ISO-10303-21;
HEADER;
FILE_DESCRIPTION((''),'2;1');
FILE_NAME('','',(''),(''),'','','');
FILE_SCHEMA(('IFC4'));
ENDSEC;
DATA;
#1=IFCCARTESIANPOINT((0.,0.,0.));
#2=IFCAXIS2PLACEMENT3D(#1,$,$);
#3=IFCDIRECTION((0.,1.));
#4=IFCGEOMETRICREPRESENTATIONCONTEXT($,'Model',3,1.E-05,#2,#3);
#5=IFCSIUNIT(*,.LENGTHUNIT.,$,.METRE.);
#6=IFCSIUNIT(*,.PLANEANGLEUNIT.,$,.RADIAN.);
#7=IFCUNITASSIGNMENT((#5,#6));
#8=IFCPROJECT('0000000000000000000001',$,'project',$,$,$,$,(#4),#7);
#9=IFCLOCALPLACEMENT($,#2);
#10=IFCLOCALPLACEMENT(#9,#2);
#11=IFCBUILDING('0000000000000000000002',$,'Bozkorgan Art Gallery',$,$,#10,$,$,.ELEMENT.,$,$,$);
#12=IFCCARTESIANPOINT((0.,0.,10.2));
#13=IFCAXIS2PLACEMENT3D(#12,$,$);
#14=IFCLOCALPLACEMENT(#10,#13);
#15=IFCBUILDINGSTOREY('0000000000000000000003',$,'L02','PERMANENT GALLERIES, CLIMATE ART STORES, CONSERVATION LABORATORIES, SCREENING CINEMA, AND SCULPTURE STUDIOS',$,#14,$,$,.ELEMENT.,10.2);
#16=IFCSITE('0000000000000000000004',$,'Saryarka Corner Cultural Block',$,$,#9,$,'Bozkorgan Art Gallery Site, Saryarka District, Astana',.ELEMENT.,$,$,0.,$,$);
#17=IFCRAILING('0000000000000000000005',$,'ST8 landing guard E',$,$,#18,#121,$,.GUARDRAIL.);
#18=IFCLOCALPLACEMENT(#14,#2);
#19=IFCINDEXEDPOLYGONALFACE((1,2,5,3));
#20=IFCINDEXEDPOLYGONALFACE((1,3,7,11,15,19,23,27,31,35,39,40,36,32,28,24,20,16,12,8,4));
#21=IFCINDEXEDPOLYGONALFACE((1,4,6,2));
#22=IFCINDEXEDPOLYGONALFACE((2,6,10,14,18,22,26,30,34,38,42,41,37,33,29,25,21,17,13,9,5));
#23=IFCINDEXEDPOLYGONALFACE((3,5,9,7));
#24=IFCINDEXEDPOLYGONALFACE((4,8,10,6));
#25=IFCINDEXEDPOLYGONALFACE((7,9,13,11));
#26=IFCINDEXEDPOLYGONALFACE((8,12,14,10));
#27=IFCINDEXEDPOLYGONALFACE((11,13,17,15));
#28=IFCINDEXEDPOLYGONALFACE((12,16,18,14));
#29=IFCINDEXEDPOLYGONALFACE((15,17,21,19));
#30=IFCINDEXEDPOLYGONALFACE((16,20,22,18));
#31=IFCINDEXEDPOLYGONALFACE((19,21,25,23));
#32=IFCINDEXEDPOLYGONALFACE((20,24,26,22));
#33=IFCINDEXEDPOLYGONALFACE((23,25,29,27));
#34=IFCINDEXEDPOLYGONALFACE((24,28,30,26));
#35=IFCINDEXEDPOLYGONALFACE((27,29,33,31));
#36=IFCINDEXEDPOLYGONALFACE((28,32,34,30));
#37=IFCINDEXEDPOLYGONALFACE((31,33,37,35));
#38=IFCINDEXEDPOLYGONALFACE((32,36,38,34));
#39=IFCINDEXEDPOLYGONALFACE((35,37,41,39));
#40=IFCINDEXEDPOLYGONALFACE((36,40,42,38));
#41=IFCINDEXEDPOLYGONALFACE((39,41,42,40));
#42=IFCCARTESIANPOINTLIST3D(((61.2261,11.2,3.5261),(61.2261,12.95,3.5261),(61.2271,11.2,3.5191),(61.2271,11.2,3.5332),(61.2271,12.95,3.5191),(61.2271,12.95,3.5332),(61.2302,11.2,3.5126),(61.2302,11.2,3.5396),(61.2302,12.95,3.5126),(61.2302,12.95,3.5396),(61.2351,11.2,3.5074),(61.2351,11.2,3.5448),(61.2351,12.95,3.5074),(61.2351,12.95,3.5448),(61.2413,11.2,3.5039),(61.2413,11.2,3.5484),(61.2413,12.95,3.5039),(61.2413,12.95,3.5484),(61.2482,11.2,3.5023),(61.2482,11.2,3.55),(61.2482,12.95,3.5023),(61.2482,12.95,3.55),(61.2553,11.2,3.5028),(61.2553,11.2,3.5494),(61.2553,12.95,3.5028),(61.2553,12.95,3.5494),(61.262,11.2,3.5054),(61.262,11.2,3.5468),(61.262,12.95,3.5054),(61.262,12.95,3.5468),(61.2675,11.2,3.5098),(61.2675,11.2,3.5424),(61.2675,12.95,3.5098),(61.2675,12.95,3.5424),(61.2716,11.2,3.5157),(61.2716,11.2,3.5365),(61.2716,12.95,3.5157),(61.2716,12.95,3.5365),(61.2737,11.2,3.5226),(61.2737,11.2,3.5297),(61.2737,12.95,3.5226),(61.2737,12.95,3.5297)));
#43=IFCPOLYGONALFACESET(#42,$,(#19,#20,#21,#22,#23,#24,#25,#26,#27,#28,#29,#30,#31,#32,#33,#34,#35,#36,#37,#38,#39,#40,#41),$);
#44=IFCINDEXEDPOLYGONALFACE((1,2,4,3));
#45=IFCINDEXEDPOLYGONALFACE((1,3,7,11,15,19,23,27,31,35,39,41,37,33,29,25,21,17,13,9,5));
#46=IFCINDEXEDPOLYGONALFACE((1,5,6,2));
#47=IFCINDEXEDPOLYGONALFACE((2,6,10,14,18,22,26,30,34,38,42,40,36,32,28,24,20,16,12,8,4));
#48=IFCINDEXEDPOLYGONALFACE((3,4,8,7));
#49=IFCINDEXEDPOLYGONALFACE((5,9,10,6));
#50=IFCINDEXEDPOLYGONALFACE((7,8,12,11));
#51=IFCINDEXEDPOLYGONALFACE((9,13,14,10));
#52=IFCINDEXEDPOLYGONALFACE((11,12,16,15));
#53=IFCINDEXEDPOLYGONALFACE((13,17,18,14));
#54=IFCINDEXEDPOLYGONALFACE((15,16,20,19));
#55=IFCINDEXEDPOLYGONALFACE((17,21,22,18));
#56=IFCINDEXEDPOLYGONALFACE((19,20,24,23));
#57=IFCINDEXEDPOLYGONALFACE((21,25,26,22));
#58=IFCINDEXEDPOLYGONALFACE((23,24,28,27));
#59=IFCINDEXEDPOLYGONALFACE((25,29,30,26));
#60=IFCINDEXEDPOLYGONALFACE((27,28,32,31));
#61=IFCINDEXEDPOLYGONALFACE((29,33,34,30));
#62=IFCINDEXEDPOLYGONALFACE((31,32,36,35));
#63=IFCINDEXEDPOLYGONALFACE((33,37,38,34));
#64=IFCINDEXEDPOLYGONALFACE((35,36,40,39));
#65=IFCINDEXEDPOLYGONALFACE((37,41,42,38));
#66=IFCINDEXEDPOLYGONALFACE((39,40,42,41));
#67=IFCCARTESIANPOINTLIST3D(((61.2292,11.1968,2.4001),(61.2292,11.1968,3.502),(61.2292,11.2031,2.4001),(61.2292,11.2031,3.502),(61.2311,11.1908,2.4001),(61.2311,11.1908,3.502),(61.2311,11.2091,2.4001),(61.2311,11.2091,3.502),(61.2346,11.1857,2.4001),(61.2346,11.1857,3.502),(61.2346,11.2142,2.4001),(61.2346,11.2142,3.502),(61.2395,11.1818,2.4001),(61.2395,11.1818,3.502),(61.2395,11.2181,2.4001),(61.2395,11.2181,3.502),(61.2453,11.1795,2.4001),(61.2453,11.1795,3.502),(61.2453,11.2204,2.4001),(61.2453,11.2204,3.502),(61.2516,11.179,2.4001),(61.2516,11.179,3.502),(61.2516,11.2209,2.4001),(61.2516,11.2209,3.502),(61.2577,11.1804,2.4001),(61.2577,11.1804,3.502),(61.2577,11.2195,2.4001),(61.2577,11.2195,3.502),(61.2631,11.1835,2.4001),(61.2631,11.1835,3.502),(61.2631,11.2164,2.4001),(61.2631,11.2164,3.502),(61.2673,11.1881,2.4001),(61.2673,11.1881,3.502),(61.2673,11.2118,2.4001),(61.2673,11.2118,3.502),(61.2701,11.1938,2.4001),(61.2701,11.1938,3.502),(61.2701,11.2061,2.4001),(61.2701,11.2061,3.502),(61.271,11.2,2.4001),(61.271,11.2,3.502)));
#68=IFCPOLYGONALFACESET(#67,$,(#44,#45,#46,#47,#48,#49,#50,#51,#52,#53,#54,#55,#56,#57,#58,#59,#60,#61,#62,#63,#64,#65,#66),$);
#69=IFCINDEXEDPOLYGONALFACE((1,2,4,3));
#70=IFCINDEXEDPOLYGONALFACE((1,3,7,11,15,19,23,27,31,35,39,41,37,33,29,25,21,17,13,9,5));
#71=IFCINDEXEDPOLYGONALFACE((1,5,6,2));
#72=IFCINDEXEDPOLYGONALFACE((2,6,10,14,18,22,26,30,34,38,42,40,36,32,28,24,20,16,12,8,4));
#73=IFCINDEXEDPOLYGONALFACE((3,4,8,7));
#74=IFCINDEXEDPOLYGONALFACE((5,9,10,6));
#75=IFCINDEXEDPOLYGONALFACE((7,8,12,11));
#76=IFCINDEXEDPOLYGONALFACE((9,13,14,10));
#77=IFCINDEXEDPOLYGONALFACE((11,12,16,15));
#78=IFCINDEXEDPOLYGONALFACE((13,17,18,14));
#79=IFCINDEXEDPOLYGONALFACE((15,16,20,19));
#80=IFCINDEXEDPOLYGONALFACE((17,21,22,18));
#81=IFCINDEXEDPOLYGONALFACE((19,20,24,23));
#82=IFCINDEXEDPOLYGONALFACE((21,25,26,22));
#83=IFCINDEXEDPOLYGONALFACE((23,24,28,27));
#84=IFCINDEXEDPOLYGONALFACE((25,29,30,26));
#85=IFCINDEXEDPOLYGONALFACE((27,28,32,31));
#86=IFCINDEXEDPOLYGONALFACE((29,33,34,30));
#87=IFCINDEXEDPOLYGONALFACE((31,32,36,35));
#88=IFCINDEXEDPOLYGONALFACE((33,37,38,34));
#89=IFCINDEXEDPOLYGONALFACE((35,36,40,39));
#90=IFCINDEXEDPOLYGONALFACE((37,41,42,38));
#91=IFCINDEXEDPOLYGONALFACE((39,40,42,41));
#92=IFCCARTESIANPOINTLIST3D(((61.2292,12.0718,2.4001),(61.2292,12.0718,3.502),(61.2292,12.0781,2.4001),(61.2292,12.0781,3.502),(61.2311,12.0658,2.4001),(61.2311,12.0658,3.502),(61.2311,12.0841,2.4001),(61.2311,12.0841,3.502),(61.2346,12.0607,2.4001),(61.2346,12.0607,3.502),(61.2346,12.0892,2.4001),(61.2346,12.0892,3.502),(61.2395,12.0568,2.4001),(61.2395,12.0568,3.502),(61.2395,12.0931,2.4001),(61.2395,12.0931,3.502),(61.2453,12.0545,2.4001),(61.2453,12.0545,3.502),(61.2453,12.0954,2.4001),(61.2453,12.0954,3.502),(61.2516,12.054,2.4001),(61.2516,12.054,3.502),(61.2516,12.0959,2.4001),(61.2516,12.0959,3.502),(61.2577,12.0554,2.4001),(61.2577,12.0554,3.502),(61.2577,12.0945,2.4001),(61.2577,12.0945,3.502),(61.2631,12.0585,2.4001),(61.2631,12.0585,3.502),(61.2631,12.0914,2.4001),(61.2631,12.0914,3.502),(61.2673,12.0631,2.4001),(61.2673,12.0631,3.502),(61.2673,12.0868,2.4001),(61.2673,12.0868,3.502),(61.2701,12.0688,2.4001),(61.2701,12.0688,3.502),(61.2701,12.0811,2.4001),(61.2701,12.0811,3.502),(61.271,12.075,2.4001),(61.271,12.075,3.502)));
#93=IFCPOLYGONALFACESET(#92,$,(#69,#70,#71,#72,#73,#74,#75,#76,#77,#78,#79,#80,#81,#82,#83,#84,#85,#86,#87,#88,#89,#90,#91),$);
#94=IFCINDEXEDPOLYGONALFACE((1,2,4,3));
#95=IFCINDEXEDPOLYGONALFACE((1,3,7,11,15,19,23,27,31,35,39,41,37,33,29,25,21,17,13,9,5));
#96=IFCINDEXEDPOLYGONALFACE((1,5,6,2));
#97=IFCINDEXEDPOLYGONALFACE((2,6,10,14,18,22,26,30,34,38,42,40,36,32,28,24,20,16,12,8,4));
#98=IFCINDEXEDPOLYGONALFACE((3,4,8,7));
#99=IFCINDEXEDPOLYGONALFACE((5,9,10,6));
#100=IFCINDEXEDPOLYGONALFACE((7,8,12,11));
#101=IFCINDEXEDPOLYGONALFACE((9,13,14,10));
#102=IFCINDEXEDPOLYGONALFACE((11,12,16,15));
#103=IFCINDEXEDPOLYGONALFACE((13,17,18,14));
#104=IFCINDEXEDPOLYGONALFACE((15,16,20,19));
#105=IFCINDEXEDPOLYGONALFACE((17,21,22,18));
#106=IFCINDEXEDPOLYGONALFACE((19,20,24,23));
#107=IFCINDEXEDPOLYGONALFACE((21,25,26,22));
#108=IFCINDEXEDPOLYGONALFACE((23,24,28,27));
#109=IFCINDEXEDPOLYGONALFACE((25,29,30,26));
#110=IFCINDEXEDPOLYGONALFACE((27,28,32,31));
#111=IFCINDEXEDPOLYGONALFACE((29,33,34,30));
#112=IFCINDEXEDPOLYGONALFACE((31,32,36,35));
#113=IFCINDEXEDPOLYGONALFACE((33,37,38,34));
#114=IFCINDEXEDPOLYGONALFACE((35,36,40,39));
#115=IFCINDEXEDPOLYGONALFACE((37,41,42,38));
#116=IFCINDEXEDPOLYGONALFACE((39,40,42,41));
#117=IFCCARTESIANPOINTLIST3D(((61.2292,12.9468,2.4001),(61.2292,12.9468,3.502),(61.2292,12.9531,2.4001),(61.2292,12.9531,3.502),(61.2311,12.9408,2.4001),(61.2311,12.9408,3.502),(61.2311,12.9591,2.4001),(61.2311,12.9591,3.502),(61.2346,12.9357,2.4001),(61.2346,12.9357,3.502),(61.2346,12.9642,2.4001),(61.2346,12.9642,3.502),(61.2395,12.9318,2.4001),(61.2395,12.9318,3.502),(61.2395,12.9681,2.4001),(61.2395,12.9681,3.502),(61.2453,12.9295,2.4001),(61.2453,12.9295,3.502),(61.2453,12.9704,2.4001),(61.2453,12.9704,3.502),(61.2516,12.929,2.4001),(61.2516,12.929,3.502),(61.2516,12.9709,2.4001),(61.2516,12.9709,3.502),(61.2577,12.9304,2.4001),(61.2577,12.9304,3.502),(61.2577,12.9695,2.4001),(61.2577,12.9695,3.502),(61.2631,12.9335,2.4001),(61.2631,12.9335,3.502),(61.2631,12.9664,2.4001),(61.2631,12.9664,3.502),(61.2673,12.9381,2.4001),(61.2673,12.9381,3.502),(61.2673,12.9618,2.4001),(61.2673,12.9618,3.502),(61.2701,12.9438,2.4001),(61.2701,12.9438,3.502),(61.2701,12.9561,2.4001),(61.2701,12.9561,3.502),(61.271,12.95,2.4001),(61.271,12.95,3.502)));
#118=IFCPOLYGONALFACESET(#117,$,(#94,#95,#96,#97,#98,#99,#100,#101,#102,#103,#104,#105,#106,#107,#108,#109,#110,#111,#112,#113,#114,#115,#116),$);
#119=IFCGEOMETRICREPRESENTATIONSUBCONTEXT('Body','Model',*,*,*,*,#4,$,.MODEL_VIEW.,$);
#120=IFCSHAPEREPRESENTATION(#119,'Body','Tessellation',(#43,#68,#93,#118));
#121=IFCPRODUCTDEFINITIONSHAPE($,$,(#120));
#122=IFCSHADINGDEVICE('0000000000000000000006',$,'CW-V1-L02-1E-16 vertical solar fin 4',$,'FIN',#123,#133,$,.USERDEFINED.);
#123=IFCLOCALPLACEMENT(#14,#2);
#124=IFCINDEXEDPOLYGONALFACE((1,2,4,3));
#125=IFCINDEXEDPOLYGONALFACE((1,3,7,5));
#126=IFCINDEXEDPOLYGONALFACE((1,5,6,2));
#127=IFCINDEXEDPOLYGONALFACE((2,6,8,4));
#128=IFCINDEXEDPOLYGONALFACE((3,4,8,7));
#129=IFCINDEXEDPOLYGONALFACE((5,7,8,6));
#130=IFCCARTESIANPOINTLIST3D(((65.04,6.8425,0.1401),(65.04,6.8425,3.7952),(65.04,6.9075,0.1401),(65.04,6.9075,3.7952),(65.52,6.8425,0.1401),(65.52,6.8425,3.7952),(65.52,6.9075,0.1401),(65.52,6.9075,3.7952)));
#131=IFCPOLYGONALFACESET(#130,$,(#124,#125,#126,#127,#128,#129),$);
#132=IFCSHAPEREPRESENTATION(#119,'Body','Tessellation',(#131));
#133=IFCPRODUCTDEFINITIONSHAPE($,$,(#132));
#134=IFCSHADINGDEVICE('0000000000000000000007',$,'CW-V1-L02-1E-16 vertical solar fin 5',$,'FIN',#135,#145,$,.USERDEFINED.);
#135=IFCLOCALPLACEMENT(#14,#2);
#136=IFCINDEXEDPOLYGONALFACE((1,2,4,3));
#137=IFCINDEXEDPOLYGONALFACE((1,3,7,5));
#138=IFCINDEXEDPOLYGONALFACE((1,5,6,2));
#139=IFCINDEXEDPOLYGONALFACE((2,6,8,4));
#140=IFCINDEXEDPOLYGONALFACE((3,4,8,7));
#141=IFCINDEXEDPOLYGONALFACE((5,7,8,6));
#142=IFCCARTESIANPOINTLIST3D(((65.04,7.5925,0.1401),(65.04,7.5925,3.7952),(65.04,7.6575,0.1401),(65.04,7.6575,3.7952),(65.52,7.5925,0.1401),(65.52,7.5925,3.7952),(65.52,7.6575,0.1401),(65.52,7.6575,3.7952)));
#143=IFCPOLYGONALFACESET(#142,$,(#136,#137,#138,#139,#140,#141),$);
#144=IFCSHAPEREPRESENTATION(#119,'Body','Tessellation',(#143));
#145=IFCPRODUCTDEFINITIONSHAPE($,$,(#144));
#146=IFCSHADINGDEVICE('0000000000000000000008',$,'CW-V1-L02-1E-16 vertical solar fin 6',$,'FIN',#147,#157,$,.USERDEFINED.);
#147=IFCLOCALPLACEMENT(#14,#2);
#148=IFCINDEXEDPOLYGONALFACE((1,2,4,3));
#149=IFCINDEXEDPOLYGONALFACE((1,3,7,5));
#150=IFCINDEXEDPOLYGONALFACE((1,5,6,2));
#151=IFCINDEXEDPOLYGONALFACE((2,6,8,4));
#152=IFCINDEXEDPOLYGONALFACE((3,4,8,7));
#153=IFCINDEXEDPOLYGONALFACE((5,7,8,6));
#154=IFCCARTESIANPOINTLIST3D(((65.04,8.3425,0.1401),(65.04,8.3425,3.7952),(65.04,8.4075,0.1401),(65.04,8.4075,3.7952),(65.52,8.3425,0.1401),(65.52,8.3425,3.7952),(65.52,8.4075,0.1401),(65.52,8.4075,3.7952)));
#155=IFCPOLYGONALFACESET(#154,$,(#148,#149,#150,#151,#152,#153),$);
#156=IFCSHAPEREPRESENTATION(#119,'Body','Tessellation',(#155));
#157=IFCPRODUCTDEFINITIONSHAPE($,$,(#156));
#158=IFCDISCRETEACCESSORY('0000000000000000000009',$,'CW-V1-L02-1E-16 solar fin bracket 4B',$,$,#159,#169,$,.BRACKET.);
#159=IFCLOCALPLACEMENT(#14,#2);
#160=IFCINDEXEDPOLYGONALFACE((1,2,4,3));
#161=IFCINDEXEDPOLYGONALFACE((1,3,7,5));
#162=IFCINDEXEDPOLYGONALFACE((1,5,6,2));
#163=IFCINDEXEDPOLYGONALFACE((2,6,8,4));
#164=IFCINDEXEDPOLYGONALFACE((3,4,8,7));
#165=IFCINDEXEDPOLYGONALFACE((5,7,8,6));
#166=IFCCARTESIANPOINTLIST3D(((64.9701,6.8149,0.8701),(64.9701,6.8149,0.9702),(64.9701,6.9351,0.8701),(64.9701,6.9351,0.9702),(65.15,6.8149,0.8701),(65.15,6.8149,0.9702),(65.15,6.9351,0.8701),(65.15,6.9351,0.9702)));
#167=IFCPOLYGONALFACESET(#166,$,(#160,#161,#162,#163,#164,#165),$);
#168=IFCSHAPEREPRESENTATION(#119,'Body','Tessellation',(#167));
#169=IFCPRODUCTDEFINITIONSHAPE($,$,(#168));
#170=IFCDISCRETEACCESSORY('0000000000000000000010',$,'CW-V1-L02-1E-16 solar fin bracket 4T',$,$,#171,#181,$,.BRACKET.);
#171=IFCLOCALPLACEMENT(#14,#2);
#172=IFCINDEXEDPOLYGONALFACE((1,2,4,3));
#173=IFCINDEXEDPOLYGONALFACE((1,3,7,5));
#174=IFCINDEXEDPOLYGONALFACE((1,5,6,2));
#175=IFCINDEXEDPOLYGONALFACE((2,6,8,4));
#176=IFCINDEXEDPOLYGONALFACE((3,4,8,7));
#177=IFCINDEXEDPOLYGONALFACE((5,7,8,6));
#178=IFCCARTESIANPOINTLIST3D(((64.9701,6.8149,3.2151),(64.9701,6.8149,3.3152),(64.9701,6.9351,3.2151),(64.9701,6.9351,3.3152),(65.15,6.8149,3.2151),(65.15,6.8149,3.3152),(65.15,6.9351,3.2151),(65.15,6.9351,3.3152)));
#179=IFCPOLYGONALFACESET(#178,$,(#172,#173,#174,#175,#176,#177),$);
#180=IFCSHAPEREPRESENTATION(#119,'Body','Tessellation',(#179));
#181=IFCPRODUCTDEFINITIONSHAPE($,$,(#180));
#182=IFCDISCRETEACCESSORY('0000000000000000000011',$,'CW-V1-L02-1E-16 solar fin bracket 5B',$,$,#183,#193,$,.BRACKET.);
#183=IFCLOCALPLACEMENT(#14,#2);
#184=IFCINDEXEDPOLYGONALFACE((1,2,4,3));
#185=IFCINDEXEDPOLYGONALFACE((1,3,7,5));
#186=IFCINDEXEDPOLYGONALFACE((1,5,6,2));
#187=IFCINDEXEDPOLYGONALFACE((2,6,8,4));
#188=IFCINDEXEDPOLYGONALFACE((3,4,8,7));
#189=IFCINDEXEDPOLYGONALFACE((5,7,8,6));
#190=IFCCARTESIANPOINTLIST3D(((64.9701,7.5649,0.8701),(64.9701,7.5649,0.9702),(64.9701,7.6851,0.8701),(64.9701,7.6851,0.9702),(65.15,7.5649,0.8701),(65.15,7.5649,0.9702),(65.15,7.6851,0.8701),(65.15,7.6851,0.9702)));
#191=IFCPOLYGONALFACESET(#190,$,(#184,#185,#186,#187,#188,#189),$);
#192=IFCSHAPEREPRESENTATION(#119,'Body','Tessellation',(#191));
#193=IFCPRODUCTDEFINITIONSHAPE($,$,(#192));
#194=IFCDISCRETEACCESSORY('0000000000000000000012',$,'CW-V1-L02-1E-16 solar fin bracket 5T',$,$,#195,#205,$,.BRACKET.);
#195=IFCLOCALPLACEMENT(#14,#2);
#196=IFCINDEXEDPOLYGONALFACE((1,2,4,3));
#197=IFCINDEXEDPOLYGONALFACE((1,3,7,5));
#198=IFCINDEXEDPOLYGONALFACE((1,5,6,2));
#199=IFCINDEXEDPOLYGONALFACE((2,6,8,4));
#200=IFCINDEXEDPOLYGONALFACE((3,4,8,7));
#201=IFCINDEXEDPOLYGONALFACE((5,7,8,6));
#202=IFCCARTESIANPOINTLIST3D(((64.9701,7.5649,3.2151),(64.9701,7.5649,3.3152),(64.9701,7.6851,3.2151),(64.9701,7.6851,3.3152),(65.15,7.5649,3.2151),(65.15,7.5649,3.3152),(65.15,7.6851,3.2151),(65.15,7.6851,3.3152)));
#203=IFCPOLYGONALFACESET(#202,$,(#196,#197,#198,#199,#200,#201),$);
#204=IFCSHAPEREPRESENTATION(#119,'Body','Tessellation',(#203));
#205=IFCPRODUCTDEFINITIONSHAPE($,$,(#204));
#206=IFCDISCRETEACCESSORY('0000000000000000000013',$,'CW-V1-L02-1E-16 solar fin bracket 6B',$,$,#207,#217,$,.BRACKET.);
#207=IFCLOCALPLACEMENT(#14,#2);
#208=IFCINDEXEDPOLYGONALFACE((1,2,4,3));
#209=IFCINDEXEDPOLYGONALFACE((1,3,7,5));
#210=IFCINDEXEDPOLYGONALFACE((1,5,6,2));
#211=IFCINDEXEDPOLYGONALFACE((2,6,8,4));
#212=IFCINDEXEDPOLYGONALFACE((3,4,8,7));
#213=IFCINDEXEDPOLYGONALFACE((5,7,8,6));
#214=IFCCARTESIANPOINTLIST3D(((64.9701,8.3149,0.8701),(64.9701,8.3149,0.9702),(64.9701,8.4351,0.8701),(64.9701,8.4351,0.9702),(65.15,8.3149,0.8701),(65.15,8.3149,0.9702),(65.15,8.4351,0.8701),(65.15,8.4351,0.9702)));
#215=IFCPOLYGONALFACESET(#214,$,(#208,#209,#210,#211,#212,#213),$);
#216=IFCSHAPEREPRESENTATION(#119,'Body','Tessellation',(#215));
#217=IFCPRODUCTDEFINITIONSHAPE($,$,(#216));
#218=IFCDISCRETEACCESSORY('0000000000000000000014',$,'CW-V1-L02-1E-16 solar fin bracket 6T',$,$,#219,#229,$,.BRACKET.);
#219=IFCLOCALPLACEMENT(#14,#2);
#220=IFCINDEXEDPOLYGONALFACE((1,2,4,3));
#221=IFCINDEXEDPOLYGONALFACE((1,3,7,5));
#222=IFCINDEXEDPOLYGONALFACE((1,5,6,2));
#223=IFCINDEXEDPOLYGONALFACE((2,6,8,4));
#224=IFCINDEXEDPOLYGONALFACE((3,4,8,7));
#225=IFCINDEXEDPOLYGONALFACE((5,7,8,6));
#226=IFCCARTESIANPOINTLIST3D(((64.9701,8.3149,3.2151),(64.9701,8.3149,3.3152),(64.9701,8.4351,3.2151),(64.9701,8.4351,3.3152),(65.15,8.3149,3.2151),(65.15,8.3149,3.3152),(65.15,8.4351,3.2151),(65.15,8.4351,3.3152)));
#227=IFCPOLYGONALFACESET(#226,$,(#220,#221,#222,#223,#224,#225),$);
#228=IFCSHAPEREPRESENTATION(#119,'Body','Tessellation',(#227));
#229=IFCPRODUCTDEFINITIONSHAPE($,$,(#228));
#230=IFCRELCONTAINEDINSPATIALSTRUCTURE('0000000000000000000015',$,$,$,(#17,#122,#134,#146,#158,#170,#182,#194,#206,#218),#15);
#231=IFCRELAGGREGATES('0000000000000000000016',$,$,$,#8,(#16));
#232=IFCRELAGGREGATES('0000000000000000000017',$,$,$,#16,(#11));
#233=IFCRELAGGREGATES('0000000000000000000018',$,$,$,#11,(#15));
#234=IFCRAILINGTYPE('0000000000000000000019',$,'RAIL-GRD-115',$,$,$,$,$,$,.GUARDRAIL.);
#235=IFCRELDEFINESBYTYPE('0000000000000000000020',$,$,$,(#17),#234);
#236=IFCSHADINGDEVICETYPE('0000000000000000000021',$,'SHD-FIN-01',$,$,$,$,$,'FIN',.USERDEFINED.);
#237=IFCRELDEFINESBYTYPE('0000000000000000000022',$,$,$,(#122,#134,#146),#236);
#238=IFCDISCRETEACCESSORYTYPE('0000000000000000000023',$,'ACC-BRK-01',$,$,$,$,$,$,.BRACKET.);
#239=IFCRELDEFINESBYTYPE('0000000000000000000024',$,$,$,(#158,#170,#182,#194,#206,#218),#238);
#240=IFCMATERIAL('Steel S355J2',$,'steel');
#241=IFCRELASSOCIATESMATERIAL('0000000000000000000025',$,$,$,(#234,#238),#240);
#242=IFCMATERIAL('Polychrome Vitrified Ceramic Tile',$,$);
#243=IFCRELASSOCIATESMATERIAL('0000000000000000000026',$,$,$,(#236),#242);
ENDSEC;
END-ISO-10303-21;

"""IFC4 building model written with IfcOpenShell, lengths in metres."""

from ifc_helpers import new_model, si_unit, direction, frame, origin, origin_2d, place, context, subcontext, project, spatial, rectangle, circle, extrude, material, type_object, element, save


model = new_model("IFC4")

# Units and contexts
model_context = context("Model", 3, precision=1e-05, world=origin(), true_north=direction((0.0, 1.0)))
body_context = subcontext(model_context, "Body", "Model", "MODEL_VIEW")
ifc_project = project(units=[si_unit("LENGTHUNIT", "METRE"), si_unit("PLANEANGLEUNIT", "RADIAN")], contexts=[model_context])

# Site, building, storey
site_placement = place(None, origin())
site = spatial("IfcSite", under=ifc_project, at=site_placement, Name="Saryarka Corner Cultural Block", LongName="Bozkorgan Art Gallery Site, Saryarka District, Astana", CompositionType="ELEMENT", RefElevation=0.0)
building_placement = place(site_placement, origin())
building = spatial("IfcBuilding", under=site, at=building_placement, Name="Bozkorgan Art Gallery", CompositionType="ELEMENT")
storey_placement = place(building_placement, frame((0.0, 0.0, 10.2)))
storey = spatial("IfcBuildingStorey", under=building, at=storey_placement, Name="L02", Description="PERMANENT GALLERIES, CLIMATE ART STORES, CONSERVATION LABORATORIES, SCREENING CINEMA, AND SCULPTURE STUDIOS", CompositionType="ELEMENT", Elevation=10.2)

# Shared definitions
ifc_material_1 = material(Name="Steel S355J2", Category="steel")

# Railing
railing_type = type_object("IfcRailingType", Name="RAIL-GRD-115", PredefinedType="GUARDRAIL", material=ifc_material_1)
railing_1_placement = place(storey_placement, frame((61.25, 11.2, 2.4001)))
element("IfcRailing", 1, at=railing_1_placement, inside=storey, type_object=railing_type, Name="ST8 landing guard E", PredefinedType="GUARDRAIL", context=body_context, shape_type="SweptSolid", body=[
    extrude(circle(Radius=0.0239, at=origin_2d()), frame((0.0, 0.0, 1.126), z_axis=(0.0, 1.0, 0.0), x_axis=(-1.0, 0.0, 0.0)), (0.0, 0.0, 1.0), 1.75),
    extrude(circle(Radius=0.021, at=origin_2d()), origin(), (0.0, 0.0, 1.0), 1.1018),
    extrude(circle(Radius=0.021, at=origin_2d()), frame((0.0, 0.875, 0.0)), (0.0, 0.0, 1.0), 1.1018),
    extrude(circle(Radius=0.021, at=origin_2d()), frame((0.0, 1.75, 0.0)), (0.0, 0.0, 1.0), 1.1018),
])

# Shading devices
ifc_material_2 = material(Name="Polychrome Vitrified Ceramic Tile")
shading_device_type = type_object("IfcShadingDeviceType", Name="SHD-FIN-01", ElementType="FIN", PredefinedType="USERDEFINED", material=ifc_material_2)
for number, where, z_axis, x_axis, name in (
    (2, (65.28, 6.875, 0.1401), (0.0, 0.0, 1.0), (1.0, 0.0, 0.0), "CW-V1-L02-1E-16 vertical solar fin 4"),
    (3, (65.28, 7.625, 0.1401), (0.0, 0.0, 1.0), (1.0, 0.0, 0.0), "CW-V1-L02-1E-16 vertical solar fin 5"),
    (4, (65.28, 8.375, 0.1401), (0.0, 0.0, 1.0), (1.0, 0.0, 0.0), "CW-V1-L02-1E-16 vertical solar fin 6"),
):
    element("IfcShadingDevice", number, at=place(storey_placement, frame(where, z_axis=z_axis, x_axis=x_axis)), inside=storey, type_object=shading_device_type, Name=name, ObjectType="FIN", PredefinedType="USERDEFINED", context=body_context, shape_type="SweptSolid", body=[
        extrude(rectangle(XDim=0.48, YDim=0.0649, at=origin_2d()), origin(), (0.0, 0.0, 1.0), 3.655),
    ])

# Discrete accessories
discrete_accessory_type = type_object("IfcDiscreteAccessoryType", Name="ACC-BRK-01", PredefinedType="BRACKET", material=ifc_material_1)
for number, where, z_axis, x_axis, name in (
    (5, (65.0601, 6.875, 0.8701), (0.0, 0.0, 1.0), (1.0, 0.0, 0.0), "CW-V1-L02-1E-16 solar fin bracket 4B"),
    (6, (65.0601, 6.875, 3.2151), (0.0, 0.0, 1.0), (1.0, 0.0, 0.0), "CW-V1-L02-1E-16 solar fin bracket 4T"),
    (7, (65.0601, 7.625, 0.8701), (0.0, 0.0, 1.0), (1.0, 0.0, 0.0), "CW-V1-L02-1E-16 solar fin bracket 5B"),
    (8, (65.0601, 7.625, 3.2151), (0.0, 0.0, 1.0), (1.0, 0.0, 0.0), "CW-V1-L02-1E-16 solar fin bracket 5T"),
    (9, (65.0601, 8.375, 0.8701), (0.0, 0.0, 1.0), (1.0, 0.0, 0.0), "CW-V1-L02-1E-16 solar fin bracket 6B"),
    (10, (65.0601, 8.375, 3.2151), (0.0, 0.0, 1.0), (1.0, 0.0, 0.0), "CW-V1-L02-1E-16 solar fin bracket 6T"),
):
    element("IfcDiscreteAccessory", number, at=place(storey_placement, frame(where, z_axis=z_axis, x_axis=x_axis)), inside=storey, type_object=discrete_accessory_type, Name=name, PredefinedType="BRACKET", context=body_context, shape_type="SweptSolid", body=[
        extrude(rectangle(XDim=0.1799, YDim=0.1201, at=origin_2d()), origin(), (0.0, 0.0, 1.0), 0.1001),
    ])

save(model, "model.ifc")
